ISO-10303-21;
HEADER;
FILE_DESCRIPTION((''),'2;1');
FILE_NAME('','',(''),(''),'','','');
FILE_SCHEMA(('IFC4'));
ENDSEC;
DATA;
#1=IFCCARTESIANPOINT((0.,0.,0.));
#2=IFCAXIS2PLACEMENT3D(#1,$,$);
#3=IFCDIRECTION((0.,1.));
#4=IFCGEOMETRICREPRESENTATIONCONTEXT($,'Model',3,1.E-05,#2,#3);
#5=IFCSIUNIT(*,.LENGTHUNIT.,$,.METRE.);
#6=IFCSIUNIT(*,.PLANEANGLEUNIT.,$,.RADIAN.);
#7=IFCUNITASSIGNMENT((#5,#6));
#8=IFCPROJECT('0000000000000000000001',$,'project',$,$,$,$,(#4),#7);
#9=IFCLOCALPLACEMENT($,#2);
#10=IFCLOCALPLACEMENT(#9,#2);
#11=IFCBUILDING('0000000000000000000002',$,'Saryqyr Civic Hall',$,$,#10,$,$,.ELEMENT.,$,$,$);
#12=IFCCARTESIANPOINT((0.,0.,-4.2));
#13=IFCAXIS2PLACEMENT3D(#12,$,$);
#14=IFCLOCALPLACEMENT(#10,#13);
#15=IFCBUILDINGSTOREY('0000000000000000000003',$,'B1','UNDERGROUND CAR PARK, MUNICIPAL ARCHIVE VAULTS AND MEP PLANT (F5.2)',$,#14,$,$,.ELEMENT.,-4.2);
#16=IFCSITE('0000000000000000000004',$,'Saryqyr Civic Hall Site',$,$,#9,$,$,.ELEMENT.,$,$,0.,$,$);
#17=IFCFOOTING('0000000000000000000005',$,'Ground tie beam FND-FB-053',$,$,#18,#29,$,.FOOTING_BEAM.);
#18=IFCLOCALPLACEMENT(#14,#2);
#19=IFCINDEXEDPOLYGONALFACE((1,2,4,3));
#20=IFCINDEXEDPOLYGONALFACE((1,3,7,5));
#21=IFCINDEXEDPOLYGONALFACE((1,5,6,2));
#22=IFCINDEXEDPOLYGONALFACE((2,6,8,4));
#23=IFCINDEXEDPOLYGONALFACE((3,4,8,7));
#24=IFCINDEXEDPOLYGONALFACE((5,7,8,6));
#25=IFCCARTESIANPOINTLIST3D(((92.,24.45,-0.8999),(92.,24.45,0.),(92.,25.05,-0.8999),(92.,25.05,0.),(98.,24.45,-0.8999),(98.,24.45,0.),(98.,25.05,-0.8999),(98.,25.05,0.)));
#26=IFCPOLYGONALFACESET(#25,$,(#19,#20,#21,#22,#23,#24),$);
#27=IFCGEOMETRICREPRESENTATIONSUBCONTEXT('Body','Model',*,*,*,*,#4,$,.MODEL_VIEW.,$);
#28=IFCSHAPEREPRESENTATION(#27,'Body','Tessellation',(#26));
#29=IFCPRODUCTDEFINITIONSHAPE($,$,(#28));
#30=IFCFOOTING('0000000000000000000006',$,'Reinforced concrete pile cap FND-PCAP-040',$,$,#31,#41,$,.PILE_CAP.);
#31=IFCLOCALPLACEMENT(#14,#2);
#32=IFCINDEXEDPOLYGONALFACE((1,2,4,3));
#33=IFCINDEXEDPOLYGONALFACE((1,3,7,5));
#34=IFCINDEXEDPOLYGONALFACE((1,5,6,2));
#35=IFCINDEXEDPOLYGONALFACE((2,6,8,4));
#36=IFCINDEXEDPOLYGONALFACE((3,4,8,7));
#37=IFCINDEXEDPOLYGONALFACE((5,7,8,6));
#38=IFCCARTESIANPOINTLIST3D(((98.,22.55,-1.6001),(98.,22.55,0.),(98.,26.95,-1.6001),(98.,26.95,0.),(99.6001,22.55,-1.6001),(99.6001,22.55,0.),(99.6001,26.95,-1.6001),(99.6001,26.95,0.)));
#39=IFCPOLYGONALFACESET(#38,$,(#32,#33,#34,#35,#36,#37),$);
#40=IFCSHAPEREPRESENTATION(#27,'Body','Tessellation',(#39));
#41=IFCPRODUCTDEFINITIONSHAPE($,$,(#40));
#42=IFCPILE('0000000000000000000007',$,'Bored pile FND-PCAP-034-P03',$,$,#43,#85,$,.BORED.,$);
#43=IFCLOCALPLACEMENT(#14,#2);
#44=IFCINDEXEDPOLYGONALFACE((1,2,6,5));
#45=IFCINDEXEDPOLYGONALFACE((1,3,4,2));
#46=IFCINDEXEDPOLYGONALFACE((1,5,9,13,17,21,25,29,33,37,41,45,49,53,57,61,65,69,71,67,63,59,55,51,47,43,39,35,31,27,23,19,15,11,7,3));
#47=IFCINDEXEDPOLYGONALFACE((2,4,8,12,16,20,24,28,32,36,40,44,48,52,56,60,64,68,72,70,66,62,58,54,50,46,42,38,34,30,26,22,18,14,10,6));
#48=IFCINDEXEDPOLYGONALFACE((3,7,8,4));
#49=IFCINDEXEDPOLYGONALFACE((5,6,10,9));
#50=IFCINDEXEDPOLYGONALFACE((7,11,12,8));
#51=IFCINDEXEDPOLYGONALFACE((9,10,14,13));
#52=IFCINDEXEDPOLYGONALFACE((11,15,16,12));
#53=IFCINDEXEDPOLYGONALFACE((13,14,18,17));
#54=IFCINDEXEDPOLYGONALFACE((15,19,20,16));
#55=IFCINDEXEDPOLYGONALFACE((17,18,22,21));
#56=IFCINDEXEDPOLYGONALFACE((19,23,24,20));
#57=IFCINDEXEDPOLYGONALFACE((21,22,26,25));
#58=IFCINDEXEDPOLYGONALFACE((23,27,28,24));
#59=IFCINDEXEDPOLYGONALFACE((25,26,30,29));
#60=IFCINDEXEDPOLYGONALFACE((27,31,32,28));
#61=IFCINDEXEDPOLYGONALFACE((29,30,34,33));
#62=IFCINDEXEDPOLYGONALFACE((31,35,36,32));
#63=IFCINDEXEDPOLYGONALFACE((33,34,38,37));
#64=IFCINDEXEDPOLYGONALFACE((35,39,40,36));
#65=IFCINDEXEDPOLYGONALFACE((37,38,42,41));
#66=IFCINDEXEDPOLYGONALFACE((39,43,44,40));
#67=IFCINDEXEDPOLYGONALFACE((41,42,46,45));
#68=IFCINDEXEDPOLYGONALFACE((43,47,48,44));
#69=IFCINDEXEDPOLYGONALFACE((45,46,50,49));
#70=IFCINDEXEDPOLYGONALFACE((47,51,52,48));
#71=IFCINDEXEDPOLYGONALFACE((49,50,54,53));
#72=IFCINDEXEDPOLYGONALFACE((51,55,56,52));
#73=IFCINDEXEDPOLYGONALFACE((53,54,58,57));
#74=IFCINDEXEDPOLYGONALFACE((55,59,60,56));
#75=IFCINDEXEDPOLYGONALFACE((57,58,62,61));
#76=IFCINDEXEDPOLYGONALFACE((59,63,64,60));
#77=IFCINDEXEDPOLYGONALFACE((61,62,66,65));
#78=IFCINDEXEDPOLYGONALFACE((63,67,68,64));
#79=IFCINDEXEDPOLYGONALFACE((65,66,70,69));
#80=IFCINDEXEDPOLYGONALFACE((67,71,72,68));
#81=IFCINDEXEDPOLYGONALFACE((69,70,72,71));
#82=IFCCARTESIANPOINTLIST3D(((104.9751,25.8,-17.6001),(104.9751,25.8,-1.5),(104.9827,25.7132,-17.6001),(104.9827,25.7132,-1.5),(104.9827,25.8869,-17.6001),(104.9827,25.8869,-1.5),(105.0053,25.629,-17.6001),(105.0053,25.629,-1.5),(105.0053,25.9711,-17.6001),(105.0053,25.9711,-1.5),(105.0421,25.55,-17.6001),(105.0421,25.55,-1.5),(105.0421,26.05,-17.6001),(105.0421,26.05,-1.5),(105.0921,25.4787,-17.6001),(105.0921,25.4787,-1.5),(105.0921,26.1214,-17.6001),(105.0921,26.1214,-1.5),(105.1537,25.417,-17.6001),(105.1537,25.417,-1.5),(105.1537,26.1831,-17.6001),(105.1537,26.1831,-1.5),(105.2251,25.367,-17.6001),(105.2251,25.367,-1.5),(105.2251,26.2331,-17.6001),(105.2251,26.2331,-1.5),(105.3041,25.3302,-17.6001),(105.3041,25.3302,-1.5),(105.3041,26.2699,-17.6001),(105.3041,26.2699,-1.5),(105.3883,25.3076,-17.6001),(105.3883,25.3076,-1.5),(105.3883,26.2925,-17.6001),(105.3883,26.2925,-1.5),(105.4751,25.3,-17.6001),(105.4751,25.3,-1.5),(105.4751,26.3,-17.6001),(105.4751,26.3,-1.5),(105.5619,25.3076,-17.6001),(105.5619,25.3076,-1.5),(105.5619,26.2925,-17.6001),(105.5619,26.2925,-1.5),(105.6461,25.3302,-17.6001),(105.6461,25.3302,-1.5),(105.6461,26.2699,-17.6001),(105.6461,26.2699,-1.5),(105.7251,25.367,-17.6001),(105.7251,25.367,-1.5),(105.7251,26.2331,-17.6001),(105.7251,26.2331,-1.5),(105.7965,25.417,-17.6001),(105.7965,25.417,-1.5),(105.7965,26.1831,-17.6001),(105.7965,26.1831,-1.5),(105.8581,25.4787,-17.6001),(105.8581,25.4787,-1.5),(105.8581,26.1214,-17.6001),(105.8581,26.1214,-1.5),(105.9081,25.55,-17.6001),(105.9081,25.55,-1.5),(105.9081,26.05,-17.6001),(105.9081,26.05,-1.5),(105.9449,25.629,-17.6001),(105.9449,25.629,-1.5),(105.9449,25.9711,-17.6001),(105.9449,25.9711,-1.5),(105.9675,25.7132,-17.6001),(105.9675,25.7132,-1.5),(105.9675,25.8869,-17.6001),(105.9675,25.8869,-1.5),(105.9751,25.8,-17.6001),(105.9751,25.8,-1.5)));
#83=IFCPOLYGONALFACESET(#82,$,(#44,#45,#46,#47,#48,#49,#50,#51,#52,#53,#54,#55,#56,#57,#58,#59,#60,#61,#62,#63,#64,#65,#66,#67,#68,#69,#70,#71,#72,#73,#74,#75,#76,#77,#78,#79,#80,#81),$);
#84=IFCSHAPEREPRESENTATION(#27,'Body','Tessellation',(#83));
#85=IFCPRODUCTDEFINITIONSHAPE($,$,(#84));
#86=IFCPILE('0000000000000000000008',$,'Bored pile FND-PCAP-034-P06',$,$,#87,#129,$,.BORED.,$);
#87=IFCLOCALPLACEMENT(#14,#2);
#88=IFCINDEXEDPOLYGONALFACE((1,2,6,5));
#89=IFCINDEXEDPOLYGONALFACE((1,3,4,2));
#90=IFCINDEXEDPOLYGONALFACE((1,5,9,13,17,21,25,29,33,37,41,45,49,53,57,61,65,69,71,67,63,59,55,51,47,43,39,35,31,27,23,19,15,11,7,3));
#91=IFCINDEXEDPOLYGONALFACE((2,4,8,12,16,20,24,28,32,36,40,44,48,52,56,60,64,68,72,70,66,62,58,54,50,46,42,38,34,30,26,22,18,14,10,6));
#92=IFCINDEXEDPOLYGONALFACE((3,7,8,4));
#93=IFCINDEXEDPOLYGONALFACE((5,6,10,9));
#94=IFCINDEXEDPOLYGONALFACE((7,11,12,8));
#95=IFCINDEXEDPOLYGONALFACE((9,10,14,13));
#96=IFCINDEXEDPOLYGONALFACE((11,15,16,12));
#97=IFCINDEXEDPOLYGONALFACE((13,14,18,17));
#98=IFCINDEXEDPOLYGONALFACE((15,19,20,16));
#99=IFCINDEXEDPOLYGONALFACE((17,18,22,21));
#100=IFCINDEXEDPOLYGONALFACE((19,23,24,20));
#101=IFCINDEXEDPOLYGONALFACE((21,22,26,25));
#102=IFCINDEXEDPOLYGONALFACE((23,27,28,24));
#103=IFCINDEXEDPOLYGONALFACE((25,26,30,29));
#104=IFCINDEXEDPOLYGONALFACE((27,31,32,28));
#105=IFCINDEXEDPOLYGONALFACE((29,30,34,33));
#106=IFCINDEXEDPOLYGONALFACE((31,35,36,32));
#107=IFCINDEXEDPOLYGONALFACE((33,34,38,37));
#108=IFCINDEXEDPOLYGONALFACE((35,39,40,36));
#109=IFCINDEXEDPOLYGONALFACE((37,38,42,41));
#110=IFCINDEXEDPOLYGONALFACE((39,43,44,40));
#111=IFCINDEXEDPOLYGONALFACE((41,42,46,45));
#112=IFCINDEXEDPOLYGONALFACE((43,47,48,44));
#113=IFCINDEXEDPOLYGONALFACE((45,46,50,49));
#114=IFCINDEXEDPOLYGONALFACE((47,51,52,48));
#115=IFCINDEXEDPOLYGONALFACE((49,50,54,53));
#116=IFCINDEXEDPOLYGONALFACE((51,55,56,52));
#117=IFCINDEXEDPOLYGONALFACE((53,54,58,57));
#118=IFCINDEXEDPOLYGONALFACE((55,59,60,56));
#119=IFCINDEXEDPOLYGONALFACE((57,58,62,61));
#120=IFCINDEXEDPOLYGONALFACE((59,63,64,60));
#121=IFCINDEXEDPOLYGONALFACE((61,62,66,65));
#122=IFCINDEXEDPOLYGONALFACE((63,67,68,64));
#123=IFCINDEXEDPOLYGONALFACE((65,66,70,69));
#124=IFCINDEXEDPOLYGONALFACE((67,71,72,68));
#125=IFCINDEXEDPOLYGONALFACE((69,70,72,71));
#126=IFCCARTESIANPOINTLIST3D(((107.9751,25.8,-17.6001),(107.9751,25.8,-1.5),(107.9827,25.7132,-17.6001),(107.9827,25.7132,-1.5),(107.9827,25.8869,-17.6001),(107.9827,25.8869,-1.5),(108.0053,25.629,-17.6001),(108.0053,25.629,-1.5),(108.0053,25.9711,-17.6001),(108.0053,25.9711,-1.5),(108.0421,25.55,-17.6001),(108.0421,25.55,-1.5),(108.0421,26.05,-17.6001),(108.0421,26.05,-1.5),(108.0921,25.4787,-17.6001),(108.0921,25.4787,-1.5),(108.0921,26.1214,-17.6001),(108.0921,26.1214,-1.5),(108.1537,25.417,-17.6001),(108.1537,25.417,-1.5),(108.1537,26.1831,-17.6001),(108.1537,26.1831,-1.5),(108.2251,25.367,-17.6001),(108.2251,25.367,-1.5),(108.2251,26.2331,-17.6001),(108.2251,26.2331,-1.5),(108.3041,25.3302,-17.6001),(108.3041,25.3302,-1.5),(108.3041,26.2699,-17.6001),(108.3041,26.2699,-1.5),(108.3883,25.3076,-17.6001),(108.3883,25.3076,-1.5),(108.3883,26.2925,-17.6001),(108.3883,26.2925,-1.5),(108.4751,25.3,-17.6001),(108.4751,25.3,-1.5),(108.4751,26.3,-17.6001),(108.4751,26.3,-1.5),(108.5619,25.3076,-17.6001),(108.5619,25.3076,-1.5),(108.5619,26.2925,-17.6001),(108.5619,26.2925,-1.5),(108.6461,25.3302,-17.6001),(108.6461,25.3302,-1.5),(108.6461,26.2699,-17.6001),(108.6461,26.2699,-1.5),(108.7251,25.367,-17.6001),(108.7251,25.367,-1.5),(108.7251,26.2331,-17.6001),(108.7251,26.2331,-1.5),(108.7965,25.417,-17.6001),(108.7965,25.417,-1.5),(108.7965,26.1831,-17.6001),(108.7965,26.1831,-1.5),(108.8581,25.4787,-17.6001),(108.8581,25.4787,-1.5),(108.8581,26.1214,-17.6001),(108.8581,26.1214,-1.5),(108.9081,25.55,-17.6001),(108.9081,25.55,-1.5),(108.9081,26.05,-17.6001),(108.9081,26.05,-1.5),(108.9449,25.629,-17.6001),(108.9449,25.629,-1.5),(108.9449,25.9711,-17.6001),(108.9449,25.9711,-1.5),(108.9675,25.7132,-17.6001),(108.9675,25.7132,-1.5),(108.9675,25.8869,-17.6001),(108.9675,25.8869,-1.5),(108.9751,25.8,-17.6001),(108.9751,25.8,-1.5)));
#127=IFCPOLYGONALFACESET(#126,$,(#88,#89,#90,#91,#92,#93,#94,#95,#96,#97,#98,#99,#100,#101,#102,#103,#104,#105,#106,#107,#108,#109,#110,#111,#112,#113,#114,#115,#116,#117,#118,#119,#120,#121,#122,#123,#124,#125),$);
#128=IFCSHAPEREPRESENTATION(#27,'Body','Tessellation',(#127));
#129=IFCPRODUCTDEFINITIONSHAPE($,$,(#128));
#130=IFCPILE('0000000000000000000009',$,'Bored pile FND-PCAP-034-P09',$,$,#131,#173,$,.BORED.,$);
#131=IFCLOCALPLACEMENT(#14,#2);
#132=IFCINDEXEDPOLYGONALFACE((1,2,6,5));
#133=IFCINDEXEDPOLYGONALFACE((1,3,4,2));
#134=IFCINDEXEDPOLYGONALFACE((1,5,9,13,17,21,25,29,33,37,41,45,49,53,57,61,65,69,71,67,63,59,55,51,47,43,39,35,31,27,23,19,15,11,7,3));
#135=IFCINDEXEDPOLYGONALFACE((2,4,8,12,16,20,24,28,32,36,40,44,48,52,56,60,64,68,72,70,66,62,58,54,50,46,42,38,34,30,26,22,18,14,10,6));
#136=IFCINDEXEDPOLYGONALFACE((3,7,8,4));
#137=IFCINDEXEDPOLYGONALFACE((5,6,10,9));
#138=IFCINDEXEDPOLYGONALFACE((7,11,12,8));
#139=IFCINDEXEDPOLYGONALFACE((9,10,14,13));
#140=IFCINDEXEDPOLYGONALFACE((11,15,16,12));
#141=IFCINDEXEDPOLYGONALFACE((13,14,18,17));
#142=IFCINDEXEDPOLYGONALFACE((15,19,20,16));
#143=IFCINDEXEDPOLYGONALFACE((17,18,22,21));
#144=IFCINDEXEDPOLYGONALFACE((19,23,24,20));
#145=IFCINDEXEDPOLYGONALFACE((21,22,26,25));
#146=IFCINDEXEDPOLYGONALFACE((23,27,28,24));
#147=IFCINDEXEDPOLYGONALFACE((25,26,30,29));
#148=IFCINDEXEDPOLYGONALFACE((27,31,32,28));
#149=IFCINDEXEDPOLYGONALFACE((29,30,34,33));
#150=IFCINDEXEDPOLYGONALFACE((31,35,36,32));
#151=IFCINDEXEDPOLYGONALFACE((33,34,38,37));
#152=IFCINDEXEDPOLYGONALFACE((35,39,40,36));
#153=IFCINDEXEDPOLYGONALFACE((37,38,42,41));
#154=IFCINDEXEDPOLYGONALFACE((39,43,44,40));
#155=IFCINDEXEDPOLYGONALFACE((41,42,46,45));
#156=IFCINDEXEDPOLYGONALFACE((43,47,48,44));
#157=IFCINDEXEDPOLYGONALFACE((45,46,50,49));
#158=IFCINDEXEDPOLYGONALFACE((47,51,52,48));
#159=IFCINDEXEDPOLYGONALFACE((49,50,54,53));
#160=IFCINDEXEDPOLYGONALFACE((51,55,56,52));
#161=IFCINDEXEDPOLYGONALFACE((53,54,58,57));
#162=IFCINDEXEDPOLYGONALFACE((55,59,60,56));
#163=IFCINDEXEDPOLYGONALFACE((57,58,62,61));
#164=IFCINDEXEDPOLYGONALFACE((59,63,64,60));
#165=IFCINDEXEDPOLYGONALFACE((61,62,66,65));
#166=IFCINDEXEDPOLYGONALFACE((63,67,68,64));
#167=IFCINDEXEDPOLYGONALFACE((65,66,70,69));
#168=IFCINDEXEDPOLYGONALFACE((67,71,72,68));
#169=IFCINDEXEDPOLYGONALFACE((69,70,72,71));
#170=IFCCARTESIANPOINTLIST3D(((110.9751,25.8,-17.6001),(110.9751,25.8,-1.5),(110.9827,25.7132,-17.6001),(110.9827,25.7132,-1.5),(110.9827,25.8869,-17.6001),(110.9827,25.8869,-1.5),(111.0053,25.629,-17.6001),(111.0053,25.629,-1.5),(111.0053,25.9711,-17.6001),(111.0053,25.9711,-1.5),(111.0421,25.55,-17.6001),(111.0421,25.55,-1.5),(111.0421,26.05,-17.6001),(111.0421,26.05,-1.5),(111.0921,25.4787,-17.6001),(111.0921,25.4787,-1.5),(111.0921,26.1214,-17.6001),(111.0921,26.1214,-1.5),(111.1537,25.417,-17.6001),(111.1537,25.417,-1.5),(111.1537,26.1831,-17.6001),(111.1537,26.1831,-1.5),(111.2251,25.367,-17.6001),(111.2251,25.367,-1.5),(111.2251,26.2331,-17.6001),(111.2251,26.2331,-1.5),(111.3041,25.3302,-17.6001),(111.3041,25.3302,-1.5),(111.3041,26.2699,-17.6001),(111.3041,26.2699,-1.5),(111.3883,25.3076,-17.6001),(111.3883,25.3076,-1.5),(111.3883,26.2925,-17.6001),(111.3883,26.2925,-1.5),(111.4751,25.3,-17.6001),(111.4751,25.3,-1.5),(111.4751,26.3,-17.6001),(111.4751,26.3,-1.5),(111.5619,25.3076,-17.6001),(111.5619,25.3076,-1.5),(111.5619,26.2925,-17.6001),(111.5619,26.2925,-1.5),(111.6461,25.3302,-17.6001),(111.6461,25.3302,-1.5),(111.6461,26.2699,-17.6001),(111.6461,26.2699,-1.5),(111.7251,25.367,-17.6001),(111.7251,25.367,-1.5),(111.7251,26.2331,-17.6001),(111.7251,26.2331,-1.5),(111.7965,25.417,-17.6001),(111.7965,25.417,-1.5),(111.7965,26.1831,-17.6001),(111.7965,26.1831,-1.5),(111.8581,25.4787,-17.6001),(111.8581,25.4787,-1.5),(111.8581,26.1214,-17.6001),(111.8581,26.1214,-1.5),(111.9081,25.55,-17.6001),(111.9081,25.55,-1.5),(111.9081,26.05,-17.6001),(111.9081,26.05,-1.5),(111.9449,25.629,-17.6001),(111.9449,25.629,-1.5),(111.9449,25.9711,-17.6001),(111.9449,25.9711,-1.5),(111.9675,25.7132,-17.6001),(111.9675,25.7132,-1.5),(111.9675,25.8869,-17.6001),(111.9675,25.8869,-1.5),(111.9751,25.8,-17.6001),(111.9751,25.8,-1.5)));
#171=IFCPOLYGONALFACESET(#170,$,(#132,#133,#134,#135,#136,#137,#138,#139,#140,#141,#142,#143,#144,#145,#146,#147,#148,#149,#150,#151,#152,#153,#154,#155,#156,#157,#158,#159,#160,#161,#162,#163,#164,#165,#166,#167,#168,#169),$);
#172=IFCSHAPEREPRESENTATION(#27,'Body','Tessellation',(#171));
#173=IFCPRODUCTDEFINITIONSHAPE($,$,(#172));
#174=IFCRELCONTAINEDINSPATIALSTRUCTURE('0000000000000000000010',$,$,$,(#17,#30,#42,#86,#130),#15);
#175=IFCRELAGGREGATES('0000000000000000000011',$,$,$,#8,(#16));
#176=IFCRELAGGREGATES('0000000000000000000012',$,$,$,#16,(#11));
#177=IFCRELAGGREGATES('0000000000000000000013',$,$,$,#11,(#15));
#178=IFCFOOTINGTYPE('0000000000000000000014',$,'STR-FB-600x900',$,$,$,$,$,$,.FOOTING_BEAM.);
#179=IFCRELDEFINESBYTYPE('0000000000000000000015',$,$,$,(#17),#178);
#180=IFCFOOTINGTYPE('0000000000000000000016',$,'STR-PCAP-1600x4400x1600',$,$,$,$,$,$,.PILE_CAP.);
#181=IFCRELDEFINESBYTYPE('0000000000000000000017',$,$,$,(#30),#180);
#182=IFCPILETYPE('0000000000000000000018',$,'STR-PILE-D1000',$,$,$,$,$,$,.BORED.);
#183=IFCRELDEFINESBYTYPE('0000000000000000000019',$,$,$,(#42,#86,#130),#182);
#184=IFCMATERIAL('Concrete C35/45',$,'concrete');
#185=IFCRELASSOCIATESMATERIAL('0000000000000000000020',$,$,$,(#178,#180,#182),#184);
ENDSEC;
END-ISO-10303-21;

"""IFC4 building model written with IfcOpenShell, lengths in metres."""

from ifc_helpers import new_model, si_unit, direction, frame, origin, origin_2d, place, context, subcontext, project, spatial, rectangle, circle, extrude, material, material_profile, profile_set, type_object, element, save


model = new_model("IFC4")

# Units and contexts
model_context = context("Model", 3, precision=1e-05, world=origin(), true_north=direction((0.0, 1.0)))
body_context = subcontext(model_context, "Body", "Model", "MODEL_VIEW")
ifc_project = project(units=[si_unit("LENGTHUNIT", "METRE"), si_unit("PLANEANGLEUNIT", "RADIAN")], contexts=[model_context])

# Site, building, storey
site_placement = place(None, origin())
site = spatial("IfcSite", under=ifc_project, at=site_placement, Name="Saryqyr Civic Hall Site", CompositionType="ELEMENT", RefElevation=0.0)
building_placement = place(site_placement, origin())
building = spatial("IfcBuilding", under=site, at=building_placement, Name="Saryqyr Civic Hall", CompositionType="ELEMENT")
storey_placement = place(building_placement, frame((0.0, 0.0, -4.2)))
storey = spatial("IfcBuildingStorey", under=building, at=storey_placement, Name="B1", Description="UNDERGROUND CAR PARK, MUNICIPAL ARCHIVE VAULTS AND MEP PLANT (F5.2)", CompositionType="ELEMENT", Elevation=-4.2)

# Footings
ifc_material_1 = material(Name="Concrete C35/45", Category="concrete")
footing_type_1 = type_object("IfcFootingType", Name="STR-FB-600x900", PredefinedType="FOOTING_BEAM", material=ifc_material_1)
footing_1_placement = place(storey_placement, frame((95.0, 24.75, -0.8999), z_axis=(0.0, 0.0, 1.0), x_axis=(1.0, 0.0, 0.0)))
element("IfcFooting", 1, at=footing_1_placement, inside=storey, type_object=footing_type_1, Name="Ground tie beam FND-FB-053", PredefinedType="FOOTING_BEAM", context=body_context, shape_type="SweptSolid", body=[
    extrude(rectangle(XDim=6.0, YDim=0.6001, at=origin_2d()), origin(), (0.0, 0.0, 1.0), 0.8999),
])
footing_type_2 = type_object("IfcFootingType", Name="STR-PCAP-1600x4400x1600", PredefinedType="PILE_CAP", material=ifc_material_1)
footing_2_placement = place(storey_placement, frame((98.8, 24.75, -1.6001), z_axis=(0.0, 0.0, 1.0), x_axis=(1.0, 0.0, 0.0)))
element("IfcFooting", 2, at=footing_2_placement, inside=storey, type_object=footing_type_2, Name="Reinforced concrete pile cap FND-PCAP-040", PredefinedType="PILE_CAP", context=body_context, shape_type="SweptSolid", body=[
    extrude(rectangle(XDim=1.6001, YDim=4.3999, at=origin_2d()), origin(), (0.0, 0.0, 1.0), 1.6001),
])

# Piles
ifc_material_profile_1 = material_profile(ifc_material_1, circle(Radius=0.5, at=origin_2d()), Name="BORED PILE D1000")
ifc_profile_set_1 = profile_set([ifc_material_profile_1], Name="Concrete C35/45")
pile_type_1 = type_object("IfcPileType", Name="STR-PILE-D1000", PredefinedType="BORED", material=ifc_profile_set_1)
for number, where, z_axis, x_axis, name in (
    (3, (105.4751, 25.8, -1.5), (0.0, 0.0, -1.0), (1.0, 0.0, 0.0), "Bored pile FND-PCAP-034-P03"),
    (4, (108.4751, 25.8, -1.5), (0.0, 0.0, -1.0), (1.0, 0.0, 0.0), "Bored pile FND-PCAP-034-P06"),
    (5, (111.4751, 25.8, -1.5), (0.0, 0.0, -1.0), (1.0, 0.0, 0.0), "Bored pile FND-PCAP-034-P09"),
):
    element("IfcPile", number, at=place(storey_placement, frame(where, z_axis=z_axis, x_axis=x_axis)), inside=storey, type_object=pile_type_1, Name=name, PredefinedType="BORED", context=body_context, shape_type="SweptSolid", body=[
        extrude(circle(Radius=0.5, at=origin_2d()), origin(), (0.0, 0.0, 1.0), 16.1001),
    ])

save(model, "model.ifc")
